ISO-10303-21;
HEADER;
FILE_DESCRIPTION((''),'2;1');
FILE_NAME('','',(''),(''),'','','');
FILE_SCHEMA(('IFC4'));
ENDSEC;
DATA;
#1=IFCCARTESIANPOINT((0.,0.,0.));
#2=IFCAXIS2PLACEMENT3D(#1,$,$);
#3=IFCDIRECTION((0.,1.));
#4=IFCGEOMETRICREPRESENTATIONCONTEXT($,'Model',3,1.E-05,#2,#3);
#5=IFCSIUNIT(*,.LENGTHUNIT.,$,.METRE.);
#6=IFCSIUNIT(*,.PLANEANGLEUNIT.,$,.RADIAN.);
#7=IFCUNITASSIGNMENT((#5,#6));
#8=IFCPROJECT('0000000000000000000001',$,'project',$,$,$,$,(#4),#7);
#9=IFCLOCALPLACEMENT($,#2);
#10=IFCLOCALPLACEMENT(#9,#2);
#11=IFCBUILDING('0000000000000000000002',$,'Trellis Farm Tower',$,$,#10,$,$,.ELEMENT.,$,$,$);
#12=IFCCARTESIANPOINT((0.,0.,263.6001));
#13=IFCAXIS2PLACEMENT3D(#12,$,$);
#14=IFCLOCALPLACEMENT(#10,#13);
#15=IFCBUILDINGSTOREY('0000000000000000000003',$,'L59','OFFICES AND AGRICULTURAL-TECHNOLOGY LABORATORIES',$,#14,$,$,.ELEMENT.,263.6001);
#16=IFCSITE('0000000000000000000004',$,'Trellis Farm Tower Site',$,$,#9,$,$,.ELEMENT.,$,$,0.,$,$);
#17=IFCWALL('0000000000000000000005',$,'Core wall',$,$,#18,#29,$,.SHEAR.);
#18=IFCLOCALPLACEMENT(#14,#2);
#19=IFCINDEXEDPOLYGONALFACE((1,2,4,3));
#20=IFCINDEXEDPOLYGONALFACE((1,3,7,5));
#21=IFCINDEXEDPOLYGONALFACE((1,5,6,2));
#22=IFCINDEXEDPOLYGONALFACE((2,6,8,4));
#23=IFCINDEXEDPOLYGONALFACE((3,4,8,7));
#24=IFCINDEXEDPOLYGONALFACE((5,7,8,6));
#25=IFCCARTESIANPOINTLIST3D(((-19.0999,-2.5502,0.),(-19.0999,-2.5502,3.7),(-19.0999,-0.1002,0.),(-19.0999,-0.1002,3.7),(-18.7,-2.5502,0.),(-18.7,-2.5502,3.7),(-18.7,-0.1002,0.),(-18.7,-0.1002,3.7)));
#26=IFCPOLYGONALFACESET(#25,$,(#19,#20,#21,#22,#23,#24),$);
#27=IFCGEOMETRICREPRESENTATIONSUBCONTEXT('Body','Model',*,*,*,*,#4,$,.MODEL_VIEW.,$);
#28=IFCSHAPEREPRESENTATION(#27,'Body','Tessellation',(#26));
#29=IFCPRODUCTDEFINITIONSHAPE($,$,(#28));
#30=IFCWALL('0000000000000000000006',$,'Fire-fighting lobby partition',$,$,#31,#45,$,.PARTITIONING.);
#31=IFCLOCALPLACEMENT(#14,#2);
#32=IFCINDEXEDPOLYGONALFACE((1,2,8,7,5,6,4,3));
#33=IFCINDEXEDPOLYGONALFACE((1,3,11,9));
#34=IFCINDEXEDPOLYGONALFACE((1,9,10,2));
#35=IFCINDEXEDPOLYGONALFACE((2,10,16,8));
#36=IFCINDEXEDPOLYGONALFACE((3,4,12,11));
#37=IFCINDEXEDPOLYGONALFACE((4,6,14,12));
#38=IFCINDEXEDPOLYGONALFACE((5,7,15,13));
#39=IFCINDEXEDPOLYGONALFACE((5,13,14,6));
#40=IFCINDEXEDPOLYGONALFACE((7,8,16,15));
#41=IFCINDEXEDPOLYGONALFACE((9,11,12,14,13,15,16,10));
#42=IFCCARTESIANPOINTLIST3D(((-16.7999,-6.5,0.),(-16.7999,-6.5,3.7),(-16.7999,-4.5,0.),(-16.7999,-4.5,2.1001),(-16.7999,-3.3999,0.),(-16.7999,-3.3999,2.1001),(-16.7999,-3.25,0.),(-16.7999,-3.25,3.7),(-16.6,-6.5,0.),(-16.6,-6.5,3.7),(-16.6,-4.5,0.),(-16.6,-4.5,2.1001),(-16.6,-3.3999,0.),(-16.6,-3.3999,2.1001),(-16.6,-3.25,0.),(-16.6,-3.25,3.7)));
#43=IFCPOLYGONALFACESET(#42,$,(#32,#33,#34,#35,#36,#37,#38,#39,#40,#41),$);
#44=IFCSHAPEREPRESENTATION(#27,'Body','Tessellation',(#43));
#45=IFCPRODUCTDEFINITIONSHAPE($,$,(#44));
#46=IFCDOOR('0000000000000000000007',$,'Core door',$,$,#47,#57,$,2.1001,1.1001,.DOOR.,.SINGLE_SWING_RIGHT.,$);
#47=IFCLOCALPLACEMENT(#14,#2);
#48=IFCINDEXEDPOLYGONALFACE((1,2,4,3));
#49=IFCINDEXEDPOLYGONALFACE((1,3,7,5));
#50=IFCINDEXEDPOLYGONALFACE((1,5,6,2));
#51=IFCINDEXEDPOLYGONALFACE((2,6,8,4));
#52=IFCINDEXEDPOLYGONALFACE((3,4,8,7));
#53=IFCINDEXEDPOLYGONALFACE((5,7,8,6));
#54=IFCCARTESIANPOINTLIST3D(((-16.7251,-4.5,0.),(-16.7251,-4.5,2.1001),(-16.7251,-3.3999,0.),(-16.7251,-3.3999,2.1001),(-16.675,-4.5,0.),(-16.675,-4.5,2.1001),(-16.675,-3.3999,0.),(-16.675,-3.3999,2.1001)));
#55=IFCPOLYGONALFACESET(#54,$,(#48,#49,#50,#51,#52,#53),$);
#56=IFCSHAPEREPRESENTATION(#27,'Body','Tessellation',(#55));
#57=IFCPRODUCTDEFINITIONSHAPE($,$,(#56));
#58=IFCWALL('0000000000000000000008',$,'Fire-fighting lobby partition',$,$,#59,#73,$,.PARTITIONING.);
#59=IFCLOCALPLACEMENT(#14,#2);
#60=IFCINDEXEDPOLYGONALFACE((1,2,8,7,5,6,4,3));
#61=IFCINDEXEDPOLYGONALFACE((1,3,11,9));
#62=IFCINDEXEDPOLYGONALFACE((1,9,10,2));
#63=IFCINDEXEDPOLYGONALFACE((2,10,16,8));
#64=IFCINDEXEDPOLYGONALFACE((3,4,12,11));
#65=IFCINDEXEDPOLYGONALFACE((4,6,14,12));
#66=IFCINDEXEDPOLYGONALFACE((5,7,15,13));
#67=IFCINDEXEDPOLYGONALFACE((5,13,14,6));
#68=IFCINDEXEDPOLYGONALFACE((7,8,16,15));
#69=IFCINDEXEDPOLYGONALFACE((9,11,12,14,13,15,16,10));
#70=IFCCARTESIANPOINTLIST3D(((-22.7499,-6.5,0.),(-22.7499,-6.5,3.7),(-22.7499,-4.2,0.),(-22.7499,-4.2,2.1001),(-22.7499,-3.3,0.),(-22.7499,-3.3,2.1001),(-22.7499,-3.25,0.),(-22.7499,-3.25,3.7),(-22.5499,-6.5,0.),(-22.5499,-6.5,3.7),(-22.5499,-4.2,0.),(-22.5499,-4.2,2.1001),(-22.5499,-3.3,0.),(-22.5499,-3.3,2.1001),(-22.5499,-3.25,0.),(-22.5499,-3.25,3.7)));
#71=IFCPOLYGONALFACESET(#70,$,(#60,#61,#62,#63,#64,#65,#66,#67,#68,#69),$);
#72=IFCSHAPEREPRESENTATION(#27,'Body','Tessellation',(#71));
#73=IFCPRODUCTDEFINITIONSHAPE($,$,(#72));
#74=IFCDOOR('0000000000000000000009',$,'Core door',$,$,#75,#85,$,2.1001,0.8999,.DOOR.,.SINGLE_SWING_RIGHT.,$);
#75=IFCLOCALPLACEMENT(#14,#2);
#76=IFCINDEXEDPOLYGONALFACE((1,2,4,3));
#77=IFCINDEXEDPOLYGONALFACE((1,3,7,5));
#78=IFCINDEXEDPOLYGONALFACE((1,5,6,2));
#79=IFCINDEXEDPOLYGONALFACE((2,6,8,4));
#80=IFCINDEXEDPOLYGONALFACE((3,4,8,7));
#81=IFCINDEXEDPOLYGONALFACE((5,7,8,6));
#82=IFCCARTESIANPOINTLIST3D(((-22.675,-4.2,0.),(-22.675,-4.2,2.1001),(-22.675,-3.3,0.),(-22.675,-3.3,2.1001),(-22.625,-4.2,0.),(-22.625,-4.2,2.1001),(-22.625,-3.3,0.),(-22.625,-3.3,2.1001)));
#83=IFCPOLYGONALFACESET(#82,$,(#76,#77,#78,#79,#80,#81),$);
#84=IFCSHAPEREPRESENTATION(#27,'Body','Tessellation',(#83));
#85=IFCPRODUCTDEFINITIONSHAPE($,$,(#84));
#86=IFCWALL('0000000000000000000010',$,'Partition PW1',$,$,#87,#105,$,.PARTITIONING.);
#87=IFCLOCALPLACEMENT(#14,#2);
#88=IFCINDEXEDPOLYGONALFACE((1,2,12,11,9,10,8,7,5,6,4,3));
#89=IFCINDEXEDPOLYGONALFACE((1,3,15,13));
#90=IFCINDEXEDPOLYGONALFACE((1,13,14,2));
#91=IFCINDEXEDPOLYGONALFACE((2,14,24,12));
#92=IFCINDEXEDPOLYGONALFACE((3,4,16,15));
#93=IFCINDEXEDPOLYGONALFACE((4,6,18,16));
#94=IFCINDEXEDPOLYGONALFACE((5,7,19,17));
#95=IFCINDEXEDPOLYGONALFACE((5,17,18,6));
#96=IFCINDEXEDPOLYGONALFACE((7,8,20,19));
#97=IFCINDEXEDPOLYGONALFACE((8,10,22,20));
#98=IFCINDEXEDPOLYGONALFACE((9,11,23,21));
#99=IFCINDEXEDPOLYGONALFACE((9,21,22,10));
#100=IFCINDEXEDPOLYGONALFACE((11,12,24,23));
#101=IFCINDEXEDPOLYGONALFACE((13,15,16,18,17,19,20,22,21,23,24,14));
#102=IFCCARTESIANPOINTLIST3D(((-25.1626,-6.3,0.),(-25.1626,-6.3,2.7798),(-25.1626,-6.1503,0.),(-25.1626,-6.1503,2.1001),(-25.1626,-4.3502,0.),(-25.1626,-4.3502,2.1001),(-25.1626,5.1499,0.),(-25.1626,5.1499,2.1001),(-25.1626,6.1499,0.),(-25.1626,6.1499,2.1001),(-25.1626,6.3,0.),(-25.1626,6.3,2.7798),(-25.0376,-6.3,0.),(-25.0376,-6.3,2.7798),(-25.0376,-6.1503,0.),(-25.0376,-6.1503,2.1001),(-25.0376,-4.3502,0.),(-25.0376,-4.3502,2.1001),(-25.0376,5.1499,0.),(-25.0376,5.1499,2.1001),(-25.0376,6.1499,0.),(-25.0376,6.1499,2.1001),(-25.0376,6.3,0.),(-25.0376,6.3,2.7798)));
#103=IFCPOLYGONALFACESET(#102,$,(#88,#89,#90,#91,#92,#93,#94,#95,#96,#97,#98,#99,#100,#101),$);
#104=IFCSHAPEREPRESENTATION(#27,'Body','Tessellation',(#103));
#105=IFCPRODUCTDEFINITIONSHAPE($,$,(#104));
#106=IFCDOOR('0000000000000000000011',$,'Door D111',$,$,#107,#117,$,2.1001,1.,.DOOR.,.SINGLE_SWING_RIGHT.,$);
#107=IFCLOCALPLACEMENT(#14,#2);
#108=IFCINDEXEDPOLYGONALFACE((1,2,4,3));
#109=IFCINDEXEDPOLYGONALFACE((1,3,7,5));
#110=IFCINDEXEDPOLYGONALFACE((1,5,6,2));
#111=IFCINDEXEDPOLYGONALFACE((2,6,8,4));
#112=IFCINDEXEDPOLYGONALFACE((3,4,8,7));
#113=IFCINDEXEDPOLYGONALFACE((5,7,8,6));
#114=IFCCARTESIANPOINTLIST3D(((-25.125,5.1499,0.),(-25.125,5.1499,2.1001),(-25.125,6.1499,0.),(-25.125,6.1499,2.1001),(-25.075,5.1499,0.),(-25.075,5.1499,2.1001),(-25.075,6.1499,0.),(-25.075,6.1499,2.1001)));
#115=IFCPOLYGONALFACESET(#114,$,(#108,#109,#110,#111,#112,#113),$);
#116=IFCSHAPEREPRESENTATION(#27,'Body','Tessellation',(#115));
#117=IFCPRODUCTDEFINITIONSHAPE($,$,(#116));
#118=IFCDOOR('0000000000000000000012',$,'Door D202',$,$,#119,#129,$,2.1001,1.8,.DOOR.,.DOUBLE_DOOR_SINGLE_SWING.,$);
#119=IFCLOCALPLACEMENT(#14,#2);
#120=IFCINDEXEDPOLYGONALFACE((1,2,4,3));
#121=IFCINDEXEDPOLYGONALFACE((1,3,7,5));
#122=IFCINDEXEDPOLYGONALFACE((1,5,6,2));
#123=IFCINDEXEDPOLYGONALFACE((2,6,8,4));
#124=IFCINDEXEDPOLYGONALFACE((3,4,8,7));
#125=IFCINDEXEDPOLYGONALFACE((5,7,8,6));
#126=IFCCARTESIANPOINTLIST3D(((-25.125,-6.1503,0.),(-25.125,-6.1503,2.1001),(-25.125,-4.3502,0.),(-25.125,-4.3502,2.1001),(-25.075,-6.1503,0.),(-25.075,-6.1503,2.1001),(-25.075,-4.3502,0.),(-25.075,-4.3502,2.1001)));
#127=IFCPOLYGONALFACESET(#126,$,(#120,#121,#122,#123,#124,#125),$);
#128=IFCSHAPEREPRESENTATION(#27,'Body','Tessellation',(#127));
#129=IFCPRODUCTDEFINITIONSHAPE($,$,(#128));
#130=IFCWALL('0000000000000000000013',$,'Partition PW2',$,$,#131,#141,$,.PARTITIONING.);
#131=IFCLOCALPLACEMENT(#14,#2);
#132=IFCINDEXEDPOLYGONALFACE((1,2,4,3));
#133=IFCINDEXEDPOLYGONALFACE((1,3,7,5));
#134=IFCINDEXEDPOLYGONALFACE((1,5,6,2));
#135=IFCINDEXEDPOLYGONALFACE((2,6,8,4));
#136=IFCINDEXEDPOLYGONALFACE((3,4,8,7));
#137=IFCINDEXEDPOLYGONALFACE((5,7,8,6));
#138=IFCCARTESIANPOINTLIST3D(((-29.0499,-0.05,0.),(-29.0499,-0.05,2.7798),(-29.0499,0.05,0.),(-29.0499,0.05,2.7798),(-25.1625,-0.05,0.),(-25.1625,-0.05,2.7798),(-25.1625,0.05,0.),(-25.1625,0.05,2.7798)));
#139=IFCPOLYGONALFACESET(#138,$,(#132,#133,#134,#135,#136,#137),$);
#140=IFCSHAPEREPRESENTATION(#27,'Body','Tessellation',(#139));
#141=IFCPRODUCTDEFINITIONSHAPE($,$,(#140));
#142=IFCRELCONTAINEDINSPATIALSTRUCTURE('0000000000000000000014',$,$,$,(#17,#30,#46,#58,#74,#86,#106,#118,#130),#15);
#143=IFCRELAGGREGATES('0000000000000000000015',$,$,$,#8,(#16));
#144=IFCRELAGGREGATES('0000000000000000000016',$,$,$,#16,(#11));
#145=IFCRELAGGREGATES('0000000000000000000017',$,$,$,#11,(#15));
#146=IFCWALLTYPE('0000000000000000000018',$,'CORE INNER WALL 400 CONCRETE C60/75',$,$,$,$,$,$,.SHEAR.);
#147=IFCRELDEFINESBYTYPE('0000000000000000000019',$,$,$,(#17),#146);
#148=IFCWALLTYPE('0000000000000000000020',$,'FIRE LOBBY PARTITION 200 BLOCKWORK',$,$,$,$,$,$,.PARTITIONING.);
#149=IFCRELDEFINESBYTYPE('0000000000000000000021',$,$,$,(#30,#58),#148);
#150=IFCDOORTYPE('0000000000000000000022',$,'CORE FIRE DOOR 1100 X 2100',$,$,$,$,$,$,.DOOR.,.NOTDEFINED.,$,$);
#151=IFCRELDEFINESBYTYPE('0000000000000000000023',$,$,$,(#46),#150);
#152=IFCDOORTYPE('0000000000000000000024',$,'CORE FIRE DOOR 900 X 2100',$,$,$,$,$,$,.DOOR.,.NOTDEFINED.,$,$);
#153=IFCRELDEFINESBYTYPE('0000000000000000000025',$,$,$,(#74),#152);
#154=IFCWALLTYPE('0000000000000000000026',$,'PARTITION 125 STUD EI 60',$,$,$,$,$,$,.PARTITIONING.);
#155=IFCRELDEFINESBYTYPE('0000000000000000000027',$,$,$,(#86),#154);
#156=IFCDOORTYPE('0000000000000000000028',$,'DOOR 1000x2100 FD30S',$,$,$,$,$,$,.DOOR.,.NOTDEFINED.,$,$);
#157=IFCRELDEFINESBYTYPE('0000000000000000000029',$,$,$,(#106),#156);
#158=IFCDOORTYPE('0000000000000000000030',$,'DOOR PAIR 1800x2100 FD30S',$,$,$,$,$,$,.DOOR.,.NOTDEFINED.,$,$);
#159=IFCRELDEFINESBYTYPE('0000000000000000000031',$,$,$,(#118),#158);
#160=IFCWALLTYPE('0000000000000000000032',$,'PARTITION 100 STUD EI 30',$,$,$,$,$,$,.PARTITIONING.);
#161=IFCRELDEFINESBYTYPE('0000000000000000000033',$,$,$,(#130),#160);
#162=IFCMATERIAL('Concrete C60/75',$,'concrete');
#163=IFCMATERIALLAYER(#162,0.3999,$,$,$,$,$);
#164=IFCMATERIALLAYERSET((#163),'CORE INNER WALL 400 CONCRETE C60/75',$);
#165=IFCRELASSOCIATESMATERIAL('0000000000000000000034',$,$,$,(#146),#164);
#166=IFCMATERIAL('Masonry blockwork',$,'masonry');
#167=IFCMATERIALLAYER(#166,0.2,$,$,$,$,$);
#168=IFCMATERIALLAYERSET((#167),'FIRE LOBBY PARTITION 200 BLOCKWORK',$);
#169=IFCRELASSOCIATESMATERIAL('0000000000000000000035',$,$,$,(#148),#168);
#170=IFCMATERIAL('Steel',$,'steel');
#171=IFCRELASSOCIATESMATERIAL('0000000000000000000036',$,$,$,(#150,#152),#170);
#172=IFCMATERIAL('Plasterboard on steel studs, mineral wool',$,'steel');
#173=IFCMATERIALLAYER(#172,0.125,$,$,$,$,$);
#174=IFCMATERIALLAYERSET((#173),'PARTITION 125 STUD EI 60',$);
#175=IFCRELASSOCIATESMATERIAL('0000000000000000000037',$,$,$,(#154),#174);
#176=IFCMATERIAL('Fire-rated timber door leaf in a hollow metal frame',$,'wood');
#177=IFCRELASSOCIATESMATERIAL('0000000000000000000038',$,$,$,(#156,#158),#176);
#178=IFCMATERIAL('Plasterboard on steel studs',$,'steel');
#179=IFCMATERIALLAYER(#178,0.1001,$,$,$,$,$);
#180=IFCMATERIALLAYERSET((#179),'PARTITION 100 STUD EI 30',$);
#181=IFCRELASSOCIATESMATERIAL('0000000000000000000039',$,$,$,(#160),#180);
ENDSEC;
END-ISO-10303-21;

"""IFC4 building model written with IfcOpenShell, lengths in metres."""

from ifc_helpers import new_model, si_unit, direction, frame, frame_2d, origin, place, context, subcontext, project, spatial, rectangle, extrude, source, transform, mapped, material, layer, layer_set, type_object, element, fill, save


model = new_model("IFC4")

# Units and contexts
model_context = context("Model", 3, precision=1e-05, world=origin(), true_north=direction((0.0, 1.0)))
body_context = subcontext(model_context, "Body", "Model", "MODEL_VIEW")
ifc_project = project(units=[si_unit("LENGTHUNIT", "METRE"), si_unit("PLANEANGLEUNIT", "RADIAN")], contexts=[model_context])

# Site, building, storey
site_placement = place(None, origin())
site = spatial("IfcSite", under=ifc_project, at=site_placement, Name="Trellis Farm Tower Site", CompositionType="ELEMENT", RefElevation=0.0)
building_placement = place(site_placement, origin())
building = spatial("IfcBuilding", under=site, at=building_placement, Name="Trellis Farm Tower", CompositionType="ELEMENT")
storey_placement = place(building_placement, frame((0.0, 0.0, 263.6001)))
storey = spatial("IfcBuildingStorey", under=building, at=storey_placement, Name="L59", Description="OFFICES AND AGRICULTURAL-TECHNOLOGY LABORATORIES", CompositionType="ELEMENT", Elevation=263.6001)

# Shared definitions
ifc_material_1 = material(Name="Concrete C60/75", Category="concrete")

# Wall
ifc_layer_1 = layer(ifc_material_1, 0.3999)
ifc_layer_set_1 = layer_set([ifc_layer_1], Name="CORE INNER WALL 400 CONCRETE C60/75")
wall_type_1 = type_object("IfcWallType", Name="CORE INNER WALL 400 CONCRETE C60/75", PredefinedType="SHEAR", material=ifc_layer_set_1)
shared_shape_1 = source(origin(), body_context, "Body", "SweptSolid", [
    extrude(rectangle(XDim=2.45, YDim=0.3999, at=frame_2d((1.2251, 0.0))), origin(), (0.0, 0.0, 1.0), 3.7),
])
for number, where, z_axis, x_axis, name in (
    (1, (-18.8999, -0.1001, 0.0), (0.0, 0.0, 1.0), (0.0, -1.0, 0.0), "Core wall"),
):
    element("IfcWall", number, at=place(storey_placement, frame(where, z_axis=z_axis, x_axis=x_axis)), inside=storey, type_object=wall_type_1, Name=name, PredefinedType="SHEAR", context=body_context, shape_type="MappedRepresentation", body=[
        mapped(shared_shape_1, transform((0.0, 0.0, 0.0))),
    ])

# Walls, openings, doors
ifc_material_2 = material(Name="Masonry blockwork", Category="masonry")
ifc_layer_2 = layer(ifc_material_2, 0.2)
ifc_layer_set_2 = layer_set([ifc_layer_2], Name="FIRE LOBBY PARTITION 200 BLOCKWORK")
wall_type_2 = type_object("IfcWallType", Name="FIRE LOBBY PARTITION 200 BLOCKWORK", PredefinedType="PARTITIONING", material=ifc_layer_set_2)
shared_shape_2 = source(origin(), body_context, "Body", "SweptSolid", [
    extrude(rectangle(XDim=3.25, YDim=0.2, at=frame_2d((1.625, 0.0))), origin(), (0.0, 0.0, 1.0), 3.7),
])
wall_1_placement = place(storey_placement, frame((-16.7, -3.25, 0.0), z_axis=(0.0, 0.0, 1.0), x_axis=(0.0, -1.0, 0.0)))
wall_1 = element("IfcWall", 2, at=wall_1_placement, inside=storey, type_object=wall_type_2, Name="Fire-fighting lobby partition", PredefinedType="PARTITIONING", context=body_context, shape_type="MappedRepresentation", body=[
    mapped(shared_shape_2, transform((0.0, 0.0, 0.0))),
])
shared_shape_3 = source(origin(), body_context, "Body", "SweptSolid", [
    extrude(rectangle(XDim=1.1001, YDim=2.1001, at=frame_2d((0.55, 1.05))), frame((0.0, 0.1101, 0.0), z_axis=(0.0, -1.0, 0.0), x_axis=(1.0, 0.0, 0.0)), (0.0, 0.0, 1.0), 0.2202),
])
opening_1_placement = place(wall_1_placement, frame((0.1499, 0.0, 0.0)))
opening_1 = element("IfcOpeningElement", 3, at=opening_1_placement, cuts=wall_1, PredefinedType="OPENING", context=body_context, shape_type="MappedRepresentation", body=[
    mapped(shared_shape_3, transform((0.0, 0.0, 0.0))),
])
ifc_material_3 = material(Name="Steel", Category="steel")
door_type_1 = type_object("IfcDoorType", Name="CORE FIRE DOOR 1100 X 2100", OperationType="NOTDEFINED", PredefinedType="DOOR", material=ifc_material_3)
shared_shape_4 = source(origin(), body_context, "Body", "SweptSolid", [
    extrude(rectangle(XDim=1.1001, YDim=2.1001, at=frame_2d((0.55, 1.05))), frame((0.0, 0.0249, 0.0), z_axis=(0.0, -1.0, 0.0), x_axis=(1.0, 0.0, 0.0)), (0.0, 0.0, 1.0), 0.05),
])
door_1_placement = place(opening_1_placement, origin())
door_1 = element("IfcDoor", 4, at=door_1_placement, inside=storey, type_object=door_type_1, Name="Core door", OperationType="SINGLE_SWING_RIGHT", OverallHeight=2.1001, OverallWidth=1.1001, PredefinedType="DOOR", context=body_context, shape_type="MappedRepresentation", body=[
    mapped(shared_shape_4, transform((0.0, 0.0, 0.0))),
])
fill(opening_1, door_1)
wall_2_placement = place(storey_placement, frame((-22.6499, -3.25, 0.0), z_axis=(0.0, 0.0, 1.0), x_axis=(0.0, -1.0, 0.0)))
wall_2 = element("IfcWall", 5, at=wall_2_placement, inside=storey, type_object=wall_type_2, Name="Fire-fighting lobby partition", PredefinedType="PARTITIONING", context=body_context, shape_type="MappedRepresentation", body=[
    mapped(shared_shape_2, transform((0.0, 0.0, 0.0))),
])
shared_shape_5 = source(origin(), body_context, "Body", "SweptSolid", [
    extrude(rectangle(XDim=0.8999, YDim=2.1001, at=frame_2d((0.45, 1.05))), frame((0.0, 0.1101, 0.0), z_axis=(0.0, -1.0, 0.0), x_axis=(1.0, 0.0, 0.0)), (0.0, 0.0, 1.0), 0.2202),
])
opening_2_placement = place(wall_2_placement, frame((0.05, 0.0, 0.0)))
opening_2 = element("IfcOpeningElement", 6, at=opening_2_placement, cuts=wall_2, PredefinedType="OPENING", context=body_context, shape_type="MappedRepresentation", body=[
    mapped(shared_shape_5, transform((0.0, 0.0, 0.0))),
])
door_type_2 = type_object("IfcDoorType", Name="CORE FIRE DOOR 900 X 2100", OperationType="NOTDEFINED", PredefinedType="DOOR", material=ifc_material_3)
shared_shape_6 = source(origin(), body_context, "Body", "SweptSolid", [
    extrude(rectangle(XDim=0.8999, YDim=2.1001, at=frame_2d((0.45, 1.05))), frame((0.0, 0.0249, 0.0), z_axis=(0.0, -1.0, 0.0), x_axis=(1.0, 0.0, 0.0)), (0.0, 0.0, 1.0), 0.05),
])
door_2_placement = place(opening_2_placement, origin())
door_2 = element("IfcDoor", 7, at=door_2_placement, inside=storey, type_object=door_type_2, Name="Core door", OperationType="SINGLE_SWING_RIGHT", OverallHeight=2.1001, OverallWidth=0.8999, PredefinedType="DOOR", context=body_context, shape_type="MappedRepresentation", body=[
    mapped(shared_shape_6, transform((0.0, 0.0, 0.0))),
])
fill(opening_2, door_2)

# Wall, openings, doors
ifc_material_4 = material(Name="Plasterboard on steel studs, mineral wool", Category="steel")
ifc_layer_3 = layer(ifc_material_4, 0.125)
ifc_layer_set_3 = layer_set([ifc_layer_3], Name="PARTITION 125 STUD EI 60")
wall_type_3 = type_object("IfcWallType", Name="PARTITION 125 STUD EI 60", PredefinedType="PARTITIONING", material=ifc_layer_set_3)
shared_shape_7 = source(origin(), body_context, "Body", "SweptSolid", [
    extrude(rectangle(XDim=12.6001, YDim=0.125, at=frame_2d((6.3, 0.0))), origin(), (0.0, 0.0, 1.0), 2.7798),
])
wall_3_placement = place(storey_placement, frame((-25.1001, -6.3, 0.0), z_axis=(0.0, 0.0, 1.0), x_axis=(0.0, 1.0, 0.0)))
wall_3 = element("IfcWall", 8, at=wall_3_placement, inside=storey, type_object=wall_type_3, Name="Partition PW1", PredefinedType="PARTITIONING", context=body_context, shape_type="MappedRepresentation", body=[
    mapped(shared_shape_7, transform((0.0, 0.0, 0.0))),
])
shared_shape_8 = source(origin(), body_context, "Body", "SweptSolid", [
    extrude(rectangle(XDim=1.8, YDim=2.1001, at=frame_2d((0.8999, 1.05))), frame((0.0, 0.0725, 0.0), z_axis=(0.0, -1.0, 0.0), x_axis=(1.0, 0.0, 0.0)), (0.0, 0.0, 1.0), 0.145),
])
opening_3_placement = place(wall_3_placement, frame((0.1499, 0.0, 0.0)))
opening_3 = element("IfcOpeningElement", 9, at=opening_3_placement, cuts=wall_3, PredefinedType="OPENING", context=body_context, shape_type="MappedRepresentation", body=[
    mapped(shared_shape_8, transform((0.0, 0.0, 0.0))),
])
shared_shape_9 = source(origin(), body_context, "Body", "SweptSolid", [
    extrude(rectangle(XDim=1.0, YDim=2.1001, at=frame_2d((0.5, 1.05))), frame((0.0, 0.0725, 0.0), z_axis=(0.0, -1.0, 0.0), x_axis=(1.0, 0.0, 0.0)), (0.0, 0.0, 1.0), 0.145),
])
opening_4_placement = place(wall_3_placement, frame((11.45, 0.0, 0.0)))
opening_4 = element("IfcOpeningElement", 10, at=opening_4_placement, cuts=wall_3, PredefinedType="OPENING", context=body_context, shape_type="MappedRepresentation", body=[
    mapped(shared_shape_9, transform((0.0, 0.0, 0.0))),
])
ifc_material_5 = material(Name="Fire-rated timber door leaf in a hollow metal frame", Category="wood")
door_type_3 = type_object("IfcDoorType", Name="DOOR 1000x2100 FD30S", OperationType="NOTDEFINED", PredefinedType="DOOR", material=ifc_material_5)
shared_shape_10 = source(origin(), body_context, "Body", "SweptSolid", [
    extrude(rectangle(XDim=1.0, YDim=2.1001, at=frame_2d((0.5, 1.05))), frame((0.0, 0.0249, 0.0), z_axis=(0.0, -1.0, 0.0), x_axis=(1.0, 0.0, 0.0)), (0.0, 0.0, 1.0), 0.05),
])
door_3_placement = place(opening_4_placement, origin())
door_3 = element("IfcDoor", 11, at=door_3_placement, inside=storey, type_object=door_type_3, Name="Door D111", OperationType="SINGLE_SWING_RIGHT", OverallHeight=2.1001, OverallWidth=1.0, PredefinedType="DOOR", context=body_context, shape_type="MappedRepresentation", body=[
    mapped(shared_shape_10, transform((0.0, 0.0, 0.0))),
])
fill(opening_4, door_3)
door_type_4 = type_object("IfcDoorType", Name="DOOR PAIR 1800x2100 FD30S", OperationType="NOTDEFINED", PredefinedType="DOOR", material=ifc_material_5)
shared_shape_11 = source(origin(), body_context, "Body", "SweptSolid", [
    extrude(rectangle(XDim=1.8, YDim=2.1001, at=frame_2d((0.8999, 1.05))), frame((0.0, 0.0249, 0.0), z_axis=(0.0, -1.0, 0.0), x_axis=(1.0, 0.0, 0.0)), (0.0, 0.0, 1.0), 0.05),
])
door_4_placement = place(opening_3_placement, origin())
door_4 = element("IfcDoor", 12, at=door_4_placement, inside=storey, type_object=door_type_4, Name="Door D202", OperationType="DOUBLE_DOOR_SINGLE_SWING", OverallHeight=2.1001, OverallWidth=1.8, PredefinedType="DOOR", context=body_context, shape_type="MappedRepresentation", body=[
    mapped(shared_shape_11, transform((0.0, 0.0, 0.0))),
])
fill(opening_3, door_4)

# Wall
ifc_material_6 = material(Name="Plasterboard on steel studs", Category="steel")
ifc_layer_4 = layer(ifc_material_6, 0.1001)
ifc_layer_set_4 = layer_set([ifc_layer_4], Name="PARTITION 100 STUD EI 30")
wall_type_4 = type_object("IfcWallType", Name="PARTITION 100 STUD EI 30", PredefinedType="PARTITIONING", material=ifc_layer_set_4)
shared_shape_12 = source(origin(), body_context, "Body", "SweptSolid", [
    extrude(rectangle(XDim=3.8875, YDim=0.1001, at=frame_2d((1.9438, 0.0))), origin(), (0.0, 0.0, 1.0), 2.7798),
])
wall_4_placement = place(storey_placement, frame((-29.05, 0.0, 0.0), z_axis=(0.0, 0.0, 1.0), x_axis=(1.0, 0.0, 0.0)))
element("IfcWall", 13, at=wall_4_placement, inside=storey, type_object=wall_type_4, Name="Partition PW2", PredefinedType="PARTITIONING", context=body_context, shape_type="MappedRepresentation", body=[
    mapped(shared_shape_12, transform((0.0, 0.0, 0.0))),
])

save(model, "model.ifc")
